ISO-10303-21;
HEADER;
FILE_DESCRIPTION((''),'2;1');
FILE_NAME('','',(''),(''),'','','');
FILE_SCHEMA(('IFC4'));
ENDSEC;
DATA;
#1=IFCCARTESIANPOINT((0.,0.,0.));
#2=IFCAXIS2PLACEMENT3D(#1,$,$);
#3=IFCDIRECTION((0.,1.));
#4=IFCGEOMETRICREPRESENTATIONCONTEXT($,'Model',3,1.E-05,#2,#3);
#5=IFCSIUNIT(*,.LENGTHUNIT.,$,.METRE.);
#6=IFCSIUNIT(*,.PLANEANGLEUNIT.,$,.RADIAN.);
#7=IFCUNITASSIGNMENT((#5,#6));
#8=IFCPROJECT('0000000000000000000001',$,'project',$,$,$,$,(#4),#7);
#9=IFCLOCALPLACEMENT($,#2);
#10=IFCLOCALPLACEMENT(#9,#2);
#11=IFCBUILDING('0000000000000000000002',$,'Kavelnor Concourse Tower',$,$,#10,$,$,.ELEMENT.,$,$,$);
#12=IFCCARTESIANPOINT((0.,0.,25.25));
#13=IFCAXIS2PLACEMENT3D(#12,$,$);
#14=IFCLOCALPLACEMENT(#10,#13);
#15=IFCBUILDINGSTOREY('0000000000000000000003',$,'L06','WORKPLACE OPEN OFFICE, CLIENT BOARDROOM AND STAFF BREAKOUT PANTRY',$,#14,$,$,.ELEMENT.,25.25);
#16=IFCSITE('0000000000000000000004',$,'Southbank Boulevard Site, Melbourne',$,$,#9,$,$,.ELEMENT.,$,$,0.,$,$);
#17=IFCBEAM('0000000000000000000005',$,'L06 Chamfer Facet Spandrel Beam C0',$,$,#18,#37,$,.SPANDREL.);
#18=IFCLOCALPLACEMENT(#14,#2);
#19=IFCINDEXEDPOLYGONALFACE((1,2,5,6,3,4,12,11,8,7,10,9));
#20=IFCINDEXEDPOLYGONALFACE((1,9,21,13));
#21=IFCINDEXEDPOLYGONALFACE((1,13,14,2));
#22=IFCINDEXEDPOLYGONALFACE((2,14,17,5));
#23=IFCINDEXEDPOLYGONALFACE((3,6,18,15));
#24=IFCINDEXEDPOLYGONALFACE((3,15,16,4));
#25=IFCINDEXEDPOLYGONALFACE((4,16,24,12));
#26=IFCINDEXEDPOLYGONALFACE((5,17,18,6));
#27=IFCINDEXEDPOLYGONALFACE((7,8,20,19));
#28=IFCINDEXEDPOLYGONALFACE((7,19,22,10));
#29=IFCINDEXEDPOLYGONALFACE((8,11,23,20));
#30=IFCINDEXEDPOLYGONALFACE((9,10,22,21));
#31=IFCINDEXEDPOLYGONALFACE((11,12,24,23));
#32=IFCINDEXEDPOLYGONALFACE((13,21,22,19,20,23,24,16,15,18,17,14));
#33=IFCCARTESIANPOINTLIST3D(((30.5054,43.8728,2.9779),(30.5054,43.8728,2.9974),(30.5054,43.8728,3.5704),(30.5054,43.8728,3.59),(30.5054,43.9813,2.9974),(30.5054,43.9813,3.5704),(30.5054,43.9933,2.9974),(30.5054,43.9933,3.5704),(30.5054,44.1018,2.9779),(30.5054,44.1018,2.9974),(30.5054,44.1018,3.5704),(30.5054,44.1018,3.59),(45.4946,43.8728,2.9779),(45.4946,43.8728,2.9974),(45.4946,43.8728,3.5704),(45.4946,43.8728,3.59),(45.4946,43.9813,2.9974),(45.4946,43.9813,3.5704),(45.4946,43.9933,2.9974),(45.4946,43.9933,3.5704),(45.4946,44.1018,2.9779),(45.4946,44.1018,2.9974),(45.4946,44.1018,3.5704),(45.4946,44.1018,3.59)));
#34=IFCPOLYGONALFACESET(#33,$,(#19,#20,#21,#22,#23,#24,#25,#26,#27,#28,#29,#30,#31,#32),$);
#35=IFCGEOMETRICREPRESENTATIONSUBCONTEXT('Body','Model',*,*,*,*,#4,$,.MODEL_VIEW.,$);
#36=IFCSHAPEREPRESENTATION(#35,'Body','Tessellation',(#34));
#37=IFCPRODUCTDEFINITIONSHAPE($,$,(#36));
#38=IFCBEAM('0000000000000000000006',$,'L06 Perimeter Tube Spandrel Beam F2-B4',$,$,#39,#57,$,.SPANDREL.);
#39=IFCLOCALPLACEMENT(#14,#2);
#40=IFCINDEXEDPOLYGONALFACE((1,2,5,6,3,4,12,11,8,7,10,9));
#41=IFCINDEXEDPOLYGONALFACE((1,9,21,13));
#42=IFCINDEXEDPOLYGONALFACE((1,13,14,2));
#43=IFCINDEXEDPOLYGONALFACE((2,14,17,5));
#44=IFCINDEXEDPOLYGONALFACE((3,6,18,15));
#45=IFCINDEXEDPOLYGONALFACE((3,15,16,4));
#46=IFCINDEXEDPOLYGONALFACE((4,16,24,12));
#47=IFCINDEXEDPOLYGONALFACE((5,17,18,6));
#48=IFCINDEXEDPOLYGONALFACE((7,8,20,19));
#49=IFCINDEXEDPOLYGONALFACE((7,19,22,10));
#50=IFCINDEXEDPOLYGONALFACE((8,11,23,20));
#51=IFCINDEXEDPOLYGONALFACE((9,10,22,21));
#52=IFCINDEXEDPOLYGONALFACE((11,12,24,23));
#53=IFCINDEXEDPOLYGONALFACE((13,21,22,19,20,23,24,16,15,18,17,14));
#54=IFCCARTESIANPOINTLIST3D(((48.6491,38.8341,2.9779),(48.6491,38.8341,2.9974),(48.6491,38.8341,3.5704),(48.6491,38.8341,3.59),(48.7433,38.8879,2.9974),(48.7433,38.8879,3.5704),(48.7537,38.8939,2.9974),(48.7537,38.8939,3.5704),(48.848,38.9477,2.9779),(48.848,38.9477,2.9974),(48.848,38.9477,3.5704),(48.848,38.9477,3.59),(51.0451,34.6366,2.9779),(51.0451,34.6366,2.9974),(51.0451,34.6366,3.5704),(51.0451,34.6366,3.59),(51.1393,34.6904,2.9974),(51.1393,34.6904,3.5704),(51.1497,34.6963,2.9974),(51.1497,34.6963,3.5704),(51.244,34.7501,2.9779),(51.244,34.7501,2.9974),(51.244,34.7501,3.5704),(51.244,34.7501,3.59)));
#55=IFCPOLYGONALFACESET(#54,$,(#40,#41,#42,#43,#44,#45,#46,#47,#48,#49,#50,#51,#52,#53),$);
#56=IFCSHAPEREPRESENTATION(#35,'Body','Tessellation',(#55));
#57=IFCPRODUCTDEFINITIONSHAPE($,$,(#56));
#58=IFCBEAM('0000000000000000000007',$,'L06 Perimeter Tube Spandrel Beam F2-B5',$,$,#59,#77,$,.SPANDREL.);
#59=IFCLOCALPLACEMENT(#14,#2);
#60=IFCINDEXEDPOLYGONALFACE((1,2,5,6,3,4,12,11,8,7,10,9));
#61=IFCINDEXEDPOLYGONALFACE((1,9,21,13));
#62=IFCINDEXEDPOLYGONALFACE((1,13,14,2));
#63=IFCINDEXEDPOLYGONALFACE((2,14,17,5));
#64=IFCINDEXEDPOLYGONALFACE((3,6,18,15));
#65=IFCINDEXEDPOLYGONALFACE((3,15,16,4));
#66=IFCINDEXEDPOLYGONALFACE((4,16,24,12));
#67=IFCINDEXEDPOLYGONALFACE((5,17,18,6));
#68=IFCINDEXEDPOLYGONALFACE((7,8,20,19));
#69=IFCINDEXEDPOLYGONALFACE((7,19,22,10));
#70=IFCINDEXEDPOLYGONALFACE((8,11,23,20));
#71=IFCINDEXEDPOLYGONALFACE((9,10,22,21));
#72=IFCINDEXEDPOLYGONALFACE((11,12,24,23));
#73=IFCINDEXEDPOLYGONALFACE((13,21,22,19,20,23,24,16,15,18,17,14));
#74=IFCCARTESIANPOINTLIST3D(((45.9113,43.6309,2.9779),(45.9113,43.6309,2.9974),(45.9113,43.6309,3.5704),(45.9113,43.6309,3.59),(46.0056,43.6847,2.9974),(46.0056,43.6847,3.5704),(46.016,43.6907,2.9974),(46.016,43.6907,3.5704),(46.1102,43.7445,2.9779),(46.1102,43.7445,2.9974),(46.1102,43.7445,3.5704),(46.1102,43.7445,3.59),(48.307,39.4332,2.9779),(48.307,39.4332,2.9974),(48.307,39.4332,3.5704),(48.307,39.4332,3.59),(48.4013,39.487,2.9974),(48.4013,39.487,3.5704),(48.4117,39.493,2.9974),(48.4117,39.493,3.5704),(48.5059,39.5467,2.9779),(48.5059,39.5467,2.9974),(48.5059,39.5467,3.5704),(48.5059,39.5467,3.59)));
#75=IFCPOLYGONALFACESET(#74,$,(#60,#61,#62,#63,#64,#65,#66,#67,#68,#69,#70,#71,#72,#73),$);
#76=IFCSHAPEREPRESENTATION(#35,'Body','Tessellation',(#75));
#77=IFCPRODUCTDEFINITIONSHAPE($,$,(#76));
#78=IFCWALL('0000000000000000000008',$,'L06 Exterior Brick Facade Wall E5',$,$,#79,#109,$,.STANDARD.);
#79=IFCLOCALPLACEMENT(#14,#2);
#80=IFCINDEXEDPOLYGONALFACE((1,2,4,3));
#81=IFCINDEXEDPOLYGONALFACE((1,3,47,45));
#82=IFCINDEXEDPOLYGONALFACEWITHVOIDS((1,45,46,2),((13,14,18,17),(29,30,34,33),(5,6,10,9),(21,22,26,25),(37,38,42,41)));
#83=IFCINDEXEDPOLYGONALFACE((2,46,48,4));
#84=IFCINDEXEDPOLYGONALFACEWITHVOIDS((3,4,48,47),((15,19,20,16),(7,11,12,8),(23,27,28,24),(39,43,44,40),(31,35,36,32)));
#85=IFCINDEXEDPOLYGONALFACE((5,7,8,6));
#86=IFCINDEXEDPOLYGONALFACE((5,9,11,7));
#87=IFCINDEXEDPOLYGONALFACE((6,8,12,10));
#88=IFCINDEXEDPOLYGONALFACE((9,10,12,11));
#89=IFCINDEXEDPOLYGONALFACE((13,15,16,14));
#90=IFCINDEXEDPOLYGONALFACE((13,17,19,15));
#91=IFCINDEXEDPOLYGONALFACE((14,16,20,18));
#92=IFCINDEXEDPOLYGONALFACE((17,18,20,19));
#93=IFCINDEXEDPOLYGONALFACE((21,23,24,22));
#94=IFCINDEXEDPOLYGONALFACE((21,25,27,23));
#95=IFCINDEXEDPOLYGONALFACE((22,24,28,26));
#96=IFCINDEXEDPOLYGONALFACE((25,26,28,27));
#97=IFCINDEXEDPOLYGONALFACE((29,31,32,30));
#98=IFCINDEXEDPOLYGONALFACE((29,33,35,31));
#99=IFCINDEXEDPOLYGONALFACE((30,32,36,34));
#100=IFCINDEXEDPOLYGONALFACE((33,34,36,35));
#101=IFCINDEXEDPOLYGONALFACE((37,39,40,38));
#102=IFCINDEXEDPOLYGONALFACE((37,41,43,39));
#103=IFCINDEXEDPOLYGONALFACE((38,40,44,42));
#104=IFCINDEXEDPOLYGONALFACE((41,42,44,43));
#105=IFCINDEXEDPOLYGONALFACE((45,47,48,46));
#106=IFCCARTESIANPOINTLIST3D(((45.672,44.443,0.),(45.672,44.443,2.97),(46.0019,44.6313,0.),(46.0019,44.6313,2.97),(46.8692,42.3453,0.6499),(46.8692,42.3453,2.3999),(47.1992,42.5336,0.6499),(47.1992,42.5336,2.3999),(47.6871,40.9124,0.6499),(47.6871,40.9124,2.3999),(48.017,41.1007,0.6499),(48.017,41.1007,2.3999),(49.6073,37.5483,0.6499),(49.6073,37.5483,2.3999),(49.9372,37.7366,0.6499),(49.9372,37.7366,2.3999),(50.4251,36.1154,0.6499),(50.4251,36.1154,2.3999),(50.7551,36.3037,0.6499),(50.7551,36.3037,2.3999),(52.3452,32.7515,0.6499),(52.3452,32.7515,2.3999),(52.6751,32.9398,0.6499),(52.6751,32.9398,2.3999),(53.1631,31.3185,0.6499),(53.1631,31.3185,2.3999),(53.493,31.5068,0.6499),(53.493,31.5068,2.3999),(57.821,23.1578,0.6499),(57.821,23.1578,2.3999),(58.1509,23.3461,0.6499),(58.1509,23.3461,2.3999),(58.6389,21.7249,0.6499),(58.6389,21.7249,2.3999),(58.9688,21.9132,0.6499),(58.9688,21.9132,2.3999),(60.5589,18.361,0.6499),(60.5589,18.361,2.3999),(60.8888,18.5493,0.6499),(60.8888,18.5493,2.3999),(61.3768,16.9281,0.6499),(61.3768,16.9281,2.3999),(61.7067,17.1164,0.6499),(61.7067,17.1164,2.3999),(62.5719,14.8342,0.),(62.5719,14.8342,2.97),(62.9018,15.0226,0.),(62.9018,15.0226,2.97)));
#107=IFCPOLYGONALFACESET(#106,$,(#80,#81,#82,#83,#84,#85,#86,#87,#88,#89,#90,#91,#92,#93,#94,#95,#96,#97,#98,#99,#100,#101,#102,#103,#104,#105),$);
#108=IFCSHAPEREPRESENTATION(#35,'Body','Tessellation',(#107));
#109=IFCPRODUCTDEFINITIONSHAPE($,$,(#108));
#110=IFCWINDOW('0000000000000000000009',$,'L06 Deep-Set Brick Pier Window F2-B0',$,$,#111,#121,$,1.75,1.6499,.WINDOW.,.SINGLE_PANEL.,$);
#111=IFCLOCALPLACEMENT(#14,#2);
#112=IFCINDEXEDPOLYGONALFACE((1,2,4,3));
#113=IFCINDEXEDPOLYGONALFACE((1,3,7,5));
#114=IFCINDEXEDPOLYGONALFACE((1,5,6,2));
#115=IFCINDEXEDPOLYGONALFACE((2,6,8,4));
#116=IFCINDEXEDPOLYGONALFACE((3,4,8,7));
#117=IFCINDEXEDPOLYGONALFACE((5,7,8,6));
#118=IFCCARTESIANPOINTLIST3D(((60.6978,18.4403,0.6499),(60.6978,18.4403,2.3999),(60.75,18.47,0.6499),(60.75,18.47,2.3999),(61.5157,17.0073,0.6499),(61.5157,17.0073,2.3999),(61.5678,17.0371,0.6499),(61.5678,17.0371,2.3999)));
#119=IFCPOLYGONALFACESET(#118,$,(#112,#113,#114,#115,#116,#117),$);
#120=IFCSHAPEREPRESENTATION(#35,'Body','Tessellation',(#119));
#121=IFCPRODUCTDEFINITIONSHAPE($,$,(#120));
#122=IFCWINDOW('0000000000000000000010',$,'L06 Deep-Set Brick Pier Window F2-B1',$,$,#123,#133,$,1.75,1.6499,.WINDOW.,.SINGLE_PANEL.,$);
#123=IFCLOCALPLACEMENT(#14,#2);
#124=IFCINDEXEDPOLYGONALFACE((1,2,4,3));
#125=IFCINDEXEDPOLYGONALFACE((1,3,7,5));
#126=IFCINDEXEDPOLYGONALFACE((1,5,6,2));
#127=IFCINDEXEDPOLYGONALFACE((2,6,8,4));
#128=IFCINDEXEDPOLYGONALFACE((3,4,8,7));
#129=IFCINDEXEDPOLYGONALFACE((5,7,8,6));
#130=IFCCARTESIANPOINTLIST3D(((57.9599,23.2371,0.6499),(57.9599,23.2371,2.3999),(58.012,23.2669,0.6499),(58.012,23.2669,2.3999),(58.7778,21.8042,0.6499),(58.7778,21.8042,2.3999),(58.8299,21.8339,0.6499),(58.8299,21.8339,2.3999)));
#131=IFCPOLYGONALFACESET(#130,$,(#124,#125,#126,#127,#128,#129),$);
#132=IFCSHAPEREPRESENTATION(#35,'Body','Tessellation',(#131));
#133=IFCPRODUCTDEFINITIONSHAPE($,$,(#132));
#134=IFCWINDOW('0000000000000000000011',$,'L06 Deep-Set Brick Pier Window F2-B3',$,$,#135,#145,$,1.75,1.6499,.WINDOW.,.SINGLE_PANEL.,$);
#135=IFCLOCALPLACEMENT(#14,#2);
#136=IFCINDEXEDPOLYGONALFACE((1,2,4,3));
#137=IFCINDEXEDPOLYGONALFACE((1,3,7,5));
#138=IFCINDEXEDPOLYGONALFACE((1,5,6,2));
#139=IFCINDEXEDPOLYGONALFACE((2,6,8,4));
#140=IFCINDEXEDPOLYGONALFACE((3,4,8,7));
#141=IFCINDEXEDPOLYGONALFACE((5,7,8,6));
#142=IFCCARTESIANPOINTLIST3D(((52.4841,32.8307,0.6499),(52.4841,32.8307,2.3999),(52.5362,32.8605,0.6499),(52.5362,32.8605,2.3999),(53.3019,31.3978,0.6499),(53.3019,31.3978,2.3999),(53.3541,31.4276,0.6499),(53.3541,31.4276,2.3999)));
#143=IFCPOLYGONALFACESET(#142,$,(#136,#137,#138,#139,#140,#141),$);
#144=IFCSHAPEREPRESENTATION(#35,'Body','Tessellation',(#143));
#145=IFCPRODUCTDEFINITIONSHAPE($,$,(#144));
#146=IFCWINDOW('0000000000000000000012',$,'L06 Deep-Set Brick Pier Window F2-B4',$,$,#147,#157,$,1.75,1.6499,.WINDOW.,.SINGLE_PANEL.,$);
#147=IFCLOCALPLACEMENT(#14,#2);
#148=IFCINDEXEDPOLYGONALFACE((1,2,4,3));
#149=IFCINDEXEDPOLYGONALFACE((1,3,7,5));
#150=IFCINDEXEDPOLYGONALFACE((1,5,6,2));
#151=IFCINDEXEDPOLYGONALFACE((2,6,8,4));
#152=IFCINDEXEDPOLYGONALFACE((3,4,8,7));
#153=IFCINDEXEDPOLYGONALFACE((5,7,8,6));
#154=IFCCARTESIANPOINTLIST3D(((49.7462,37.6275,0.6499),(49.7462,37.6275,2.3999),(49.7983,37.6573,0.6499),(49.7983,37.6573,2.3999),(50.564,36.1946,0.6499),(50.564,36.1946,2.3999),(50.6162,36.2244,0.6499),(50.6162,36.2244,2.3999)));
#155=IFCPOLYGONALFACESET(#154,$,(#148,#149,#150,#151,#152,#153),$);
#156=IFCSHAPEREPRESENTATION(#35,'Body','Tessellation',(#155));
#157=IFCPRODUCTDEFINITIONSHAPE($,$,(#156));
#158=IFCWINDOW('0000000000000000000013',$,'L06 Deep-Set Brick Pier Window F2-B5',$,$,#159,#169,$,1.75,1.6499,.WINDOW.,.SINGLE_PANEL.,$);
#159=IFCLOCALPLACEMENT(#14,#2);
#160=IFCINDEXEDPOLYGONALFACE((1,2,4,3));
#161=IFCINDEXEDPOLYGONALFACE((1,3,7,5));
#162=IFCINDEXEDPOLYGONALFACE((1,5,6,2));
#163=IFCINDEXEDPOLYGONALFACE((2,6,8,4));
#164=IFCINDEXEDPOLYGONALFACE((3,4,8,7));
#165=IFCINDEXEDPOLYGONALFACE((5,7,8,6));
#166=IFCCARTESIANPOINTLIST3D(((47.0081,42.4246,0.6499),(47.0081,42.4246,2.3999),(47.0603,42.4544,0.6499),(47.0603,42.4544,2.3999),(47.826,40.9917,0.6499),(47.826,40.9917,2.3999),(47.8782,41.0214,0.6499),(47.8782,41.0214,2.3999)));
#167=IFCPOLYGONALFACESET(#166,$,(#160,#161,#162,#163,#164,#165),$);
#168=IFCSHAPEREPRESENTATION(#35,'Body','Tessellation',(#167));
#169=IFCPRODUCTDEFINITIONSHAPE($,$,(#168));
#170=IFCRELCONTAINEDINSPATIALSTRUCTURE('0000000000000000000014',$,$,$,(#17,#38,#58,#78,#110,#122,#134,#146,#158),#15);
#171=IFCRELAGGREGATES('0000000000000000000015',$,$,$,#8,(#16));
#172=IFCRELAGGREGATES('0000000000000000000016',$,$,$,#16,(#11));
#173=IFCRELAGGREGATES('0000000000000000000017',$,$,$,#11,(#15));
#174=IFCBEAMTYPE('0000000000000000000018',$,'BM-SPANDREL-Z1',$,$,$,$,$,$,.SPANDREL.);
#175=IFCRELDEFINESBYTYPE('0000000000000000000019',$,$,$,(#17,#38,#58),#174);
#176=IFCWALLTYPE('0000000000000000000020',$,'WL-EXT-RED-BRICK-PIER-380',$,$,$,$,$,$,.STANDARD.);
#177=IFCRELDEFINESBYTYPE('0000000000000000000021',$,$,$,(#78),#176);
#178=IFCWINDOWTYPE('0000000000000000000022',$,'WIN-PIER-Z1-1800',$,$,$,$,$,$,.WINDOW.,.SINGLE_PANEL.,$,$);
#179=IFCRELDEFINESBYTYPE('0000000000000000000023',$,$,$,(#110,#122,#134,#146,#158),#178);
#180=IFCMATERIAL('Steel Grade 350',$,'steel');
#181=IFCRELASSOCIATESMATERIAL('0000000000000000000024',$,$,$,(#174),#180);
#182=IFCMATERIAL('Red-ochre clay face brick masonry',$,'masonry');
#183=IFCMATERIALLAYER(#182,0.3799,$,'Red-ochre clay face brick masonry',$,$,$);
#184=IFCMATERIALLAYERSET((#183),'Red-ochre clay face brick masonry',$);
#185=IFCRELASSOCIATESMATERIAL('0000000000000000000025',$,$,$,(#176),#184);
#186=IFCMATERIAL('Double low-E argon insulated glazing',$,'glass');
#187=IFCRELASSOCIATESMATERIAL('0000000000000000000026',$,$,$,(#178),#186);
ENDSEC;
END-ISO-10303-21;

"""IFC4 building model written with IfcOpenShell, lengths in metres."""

from ifc_helpers import new_model, si_unit, direction, frame, frame_2d, origin, origin_2d, place, context, subcontext, project, spatial, rectangle, i_section, extrude, material, layer, layer_set, material_profile, profile_set, type_object, element, fill, save


model = new_model("IFC4")

# Units and contexts
model_context = context("Model", 3, precision=1e-05, world=origin(), true_north=direction((0.0, 1.0)))
body_context = subcontext(model_context, "Body", "Model", "MODEL_VIEW")
ifc_project = project(units=[si_unit("LENGTHUNIT", "METRE"), si_unit("PLANEANGLEUNIT", "RADIAN")], contexts=[model_context])

# Site, building, storey
site_placement = place(None, origin())
site = spatial("IfcSite", under=ifc_project, at=site_placement, Name="Southbank Boulevard Site, Melbourne", CompositionType="ELEMENT", RefElevation=0.0)
building_placement = place(site_placement, origin())
building = spatial("IfcBuilding", under=site, at=building_placement, Name="Kavelnor Concourse Tower", CompositionType="ELEMENT")
storey_placement = place(building_placement, frame((0.0, 0.0, 25.25)))
storey = spatial("IfcBuildingStorey", under=building, at=storey_placement, Name="L06", Description="WORKPLACE OPEN OFFICE, CLIENT BOARDROOM AND STAFF BREAKOUT PANTRY", CompositionType="ELEMENT", Elevation=25.25)

# Shared definitions
ifc_material_1 = material(Name="Steel Grade 350", Category="steel")

# Beams
ifc_material_profile_1 = material_profile(ifc_material_1, i_section(OverallWidth=0.229, OverallDepth=0.6121, WebThickness=0.012, FlangeThickness=0.0195, at=origin_2d()), Name="610UB125")
ifc_profile_set_1 = profile_set([ifc_material_profile_1], Name="Steel Grade 350")
beam_type_1 = type_object("IfcBeamType", Name="BM-SPANDREL-Z1", PredefinedType="SPANDREL", material=ifc_profile_set_1)
beam_1_placement = place(storey_placement, frame((45.4946, 43.9873, 3.2839), z_axis=(-1.0, 0.0, 0.0), x_axis=(0.0, -1.0, 0.0)))
element("IfcBeam", 1, at=beam_1_placement, inside=storey, type_object=beam_type_1, Name="L06 Chamfer Facet Spandrel Beam C0", PredefinedType="SPANDREL", context=body_context, shape_type="SweptSolid", body=[
    extrude(i_section(OverallWidth=0.229, OverallDepth=0.6121, WebThickness=0.012, FlangeThickness=0.0195, at=origin_2d()), origin(), (0.0, 0.0, 1.0), 14.9893),
])
for number, where, z_axis, x_axis, name in (
    (2, (51.1445, 34.6934, 3.2839), (-0.495736, 0.868473, 0.0), (-0.868473, -0.495736, 0.0), "L06 Perimeter Tube Spandrel Beam F2-B4"),
    (3, (48.4065, 39.49, 3.2839), (-0.495676, 0.868507, 0.0), (-0.868507, -0.495676, 0.0), "L06 Perimeter Tube Spandrel Beam F2-B5"),
):
    element("IfcBeam", number, at=place(storey_placement, frame(where, z_axis=z_axis, x_axis=x_axis)), inside=storey, type_object=beam_type_1, Name=name, PredefinedType="SPANDREL", context=body_context, shape_type="SweptSolid", body=[
        extrude(i_section(OverallWidth=0.229, OverallDepth=0.6121, WebThickness=0.012, FlangeThickness=0.0195, at=origin_2d()), origin(), (0.0, 0.0, 1.0), 4.8333),
    ])

# Wall, openings, windows
ifc_material_2 = material(Name="Red-ochre clay face brick masonry", Category="masonry")
ifc_layer_1 = layer(ifc_material_2, 0.3799, Name="Red-ochre clay face brick masonry")
ifc_layer_set_1 = layer_set([ifc_layer_1], Name="Red-ochre clay face brick masonry")
wall_type_1 = type_object("IfcWallType", Name="WL-EXT-RED-BRICK-PIER-380", PredefinedType="STANDARD", material=ifc_layer_set_1)
wall_1_placement = place(storey_placement, frame((45.8369, 44.5371, 0.0), z_axis=(0.0, 0.0, 1.0), x_axis=(0.495712, -0.868487, 0.0)))
wall_1 = element("IfcWall", 4, at=wall_1_placement, inside=storey, type_object=wall_type_1, Name="L06 Exterior Brick Facade Wall E5", PredefinedType="STANDARD", context=body_context, shape_type="SweptSolid", body=[
    extrude(rectangle(XDim=34.0923, YDim=0.3799, at=frame_2d((17.0461, 0.0))), origin(), (0.0, 0.0, 1.0), 2.97),
])
opening_1_placement = place(wall_1_placement, frame((30.0315, 0.0, 0.6499)))
opening_1 = element("IfcOpeningElement", 5, at=opening_1_placement, cuts=wall_1, PredefinedType="OPENING", context=body_context, shape_type="SweptSolid", body=[
    extrude(rectangle(XDim=1.6499, YDim=1.75, at=frame_2d((0.825, 0.875))), frame((0.0, 0.2, 0.0), z_axis=(0.0, -1.0, 0.0), x_axis=(1.0, 0.0, 0.0)), (0.0, 0.0, 1.0), 0.3999),
])
opening_2_placement = place(wall_1_placement, frame((24.5083, 0.0, 0.6499)))
opening_2 = element("IfcOpeningElement", 6, at=opening_2_placement, cuts=wall_1, PredefinedType="OPENING", context=body_context, shape_type="SweptSolid", body=[
    extrude(rectangle(XDim=1.6499, YDim=1.75, at=frame_2d((0.825, 0.875))), frame((0.0, 0.2, 0.0), z_axis=(0.0, -1.0, 0.0), x_axis=(1.0, 0.0, 0.0)), (0.0, 0.0, 1.0), 0.3999),
])
opening_3_placement = place(wall_1_placement, frame((13.4619, 0.0, 0.6499)))
opening_3 = element("IfcOpeningElement", 7, at=opening_3_placement, cuts=wall_1, PredefinedType="OPENING", context=body_context, shape_type="SweptSolid", body=[
    extrude(rectangle(XDim=1.6499, YDim=1.75, at=frame_2d((0.825, 0.875))), frame((0.0, 0.2, 0.0), z_axis=(0.0, -1.0, 0.0), x_axis=(1.0, 0.0, 0.0)), (0.0, 0.0, 1.0), 0.3999),
])
opening_4_placement = place(wall_1_placement, frame((7.9387, 0.0, 0.6499)))
opening_4 = element("IfcOpeningElement", 8, at=opening_4_placement, cuts=wall_1, PredefinedType="OPENING", context=body_context, shape_type="SweptSolid", body=[
    extrude(rectangle(XDim=1.6499, YDim=1.75, at=frame_2d((0.825, 0.875))), frame((0.0, 0.2, 0.0), z_axis=(0.0, -1.0, 0.0), x_axis=(1.0, 0.0, 0.0)), (0.0, 0.0, 1.0), 0.3999),
])
opening_5_placement = place(wall_1_placement, frame((2.4153, 0.0, 0.6499)))
opening_5 = element("IfcOpeningElement", 9, at=opening_5_placement, cuts=wall_1, PredefinedType="OPENING", context=body_context, shape_type="SweptSolid", body=[
    extrude(rectangle(XDim=1.6499, YDim=1.75, at=frame_2d((0.825, 0.875))), frame((0.0, 0.2, 0.0), z_axis=(0.0, -1.0, 0.0), x_axis=(1.0, 0.0, 0.0)), (0.0, 0.0, 1.0), 0.3999),
])
ifc_material_3 = material(Name="Double low-E argon insulated glazing", Category="glass")
window_type = type_object("IfcWindowType", Name="WIN-PIER-Z1-1800", PartitioningType="SINGLE_PANEL", PredefinedType="WINDOW", material=ifc_material_3)
window_1_placement = place(opening_1_placement, origin())
window_1 = element("IfcWindow", 10, at=window_1_placement, inside=storey, type_object=window_type, Name="L06 Deep-Set Brick Pier Window F2-B0", OverallHeight=1.75, OverallWidth=1.6499, PartitioningType="SINGLE_PANEL", PredefinedType="WINDOW", context=body_context, shape_type="SweptSolid", body=[
    extrude(rectangle(XDim=1.6499, YDim=1.75, at=frame_2d((0.825, 0.875))), frame((0.0, 0.03, 0.0), z_axis=(0.0, -1.0, 0.0), x_axis=(1.0, 0.0, 0.0)), (0.0, 0.0, 1.0), 0.0601),
])
fill(opening_1, window_1)
window_2_placement = place(opening_2_placement, origin())
window_2 = element("IfcWindow", 11, at=window_2_placement, inside=storey, type_object=window_type, Name="L06 Deep-Set Brick Pier Window F2-B1", OverallHeight=1.75, OverallWidth=1.6499, PartitioningType="SINGLE_PANEL", PredefinedType="WINDOW", context=body_context, shape_type="SweptSolid", body=[
    extrude(rectangle(XDim=1.6499, YDim=1.75, at=frame_2d((0.825, 0.875))), frame((0.0, 0.03, 0.0), z_axis=(0.0, -1.0, 0.0), x_axis=(1.0, 0.0, 0.0)), (0.0, 0.0, 1.0), 0.0601),
])
fill(opening_2, window_2)
window_3_placement = place(opening_3_placement, origin())
window_3 = element("IfcWindow", 12, at=window_3_placement, inside=storey, type_object=window_type, Name="L06 Deep-Set Brick Pier Window F2-B3", OverallHeight=1.75, OverallWidth=1.6499, PartitioningType="SINGLE_PANEL", PredefinedType="WINDOW", context=body_context, shape_type="SweptSolid", body=[
    extrude(rectangle(XDim=1.6499, YDim=1.75, at=frame_2d((0.825, 0.875))), frame((0.0, 0.03, 0.0), z_axis=(0.0, -1.0, 0.0), x_axis=(1.0, 0.0, 0.0)), (0.0, 0.0, 1.0), 0.0601),
])
fill(opening_3, window_3)
window_4_placement = place(opening_4_placement, origin())
window_4 = element("IfcWindow", 13, at=window_4_placement, inside=storey, type_object=window_type, Name="L06 Deep-Set Brick Pier Window F2-B4", OverallHeight=1.75, OverallWidth=1.6499, PartitioningType="SINGLE_PANEL", PredefinedType="WINDOW", context=body_context, shape_type="SweptSolid", body=[
    extrude(rectangle(XDim=1.6499, YDim=1.75, at=frame_2d((0.825, 0.875))), frame((0.0, 0.03, 0.0), z_axis=(0.0, -1.0, 0.0), x_axis=(1.0, 0.0, 0.0)), (0.0, 0.0, 1.0), 0.0601),
])
fill(opening_4, window_4)
window_5_placement = place(opening_5_placement, origin())
window_5 = element("IfcWindow", 14, at=window_5_placement, inside=storey, type_object=window_type, Name="L06 Deep-Set Brick Pier Window F2-B5", OverallHeight=1.75, OverallWidth=1.6499, PartitioningType="SINGLE_PANEL", PredefinedType="WINDOW", context=body_context, shape_type="SweptSolid", body=[
    extrude(rectangle(XDim=1.6499, YDim=1.75, at=frame_2d((0.825, 0.875))), frame((0.0, 0.03, 0.0), z_axis=(0.0, -1.0, 0.0), x_axis=(1.0, 0.0, 0.0)), (0.0, 0.0, 1.0), 0.0601),
])
fill(opening_5, window_5)

save(model, "model.ifc")
